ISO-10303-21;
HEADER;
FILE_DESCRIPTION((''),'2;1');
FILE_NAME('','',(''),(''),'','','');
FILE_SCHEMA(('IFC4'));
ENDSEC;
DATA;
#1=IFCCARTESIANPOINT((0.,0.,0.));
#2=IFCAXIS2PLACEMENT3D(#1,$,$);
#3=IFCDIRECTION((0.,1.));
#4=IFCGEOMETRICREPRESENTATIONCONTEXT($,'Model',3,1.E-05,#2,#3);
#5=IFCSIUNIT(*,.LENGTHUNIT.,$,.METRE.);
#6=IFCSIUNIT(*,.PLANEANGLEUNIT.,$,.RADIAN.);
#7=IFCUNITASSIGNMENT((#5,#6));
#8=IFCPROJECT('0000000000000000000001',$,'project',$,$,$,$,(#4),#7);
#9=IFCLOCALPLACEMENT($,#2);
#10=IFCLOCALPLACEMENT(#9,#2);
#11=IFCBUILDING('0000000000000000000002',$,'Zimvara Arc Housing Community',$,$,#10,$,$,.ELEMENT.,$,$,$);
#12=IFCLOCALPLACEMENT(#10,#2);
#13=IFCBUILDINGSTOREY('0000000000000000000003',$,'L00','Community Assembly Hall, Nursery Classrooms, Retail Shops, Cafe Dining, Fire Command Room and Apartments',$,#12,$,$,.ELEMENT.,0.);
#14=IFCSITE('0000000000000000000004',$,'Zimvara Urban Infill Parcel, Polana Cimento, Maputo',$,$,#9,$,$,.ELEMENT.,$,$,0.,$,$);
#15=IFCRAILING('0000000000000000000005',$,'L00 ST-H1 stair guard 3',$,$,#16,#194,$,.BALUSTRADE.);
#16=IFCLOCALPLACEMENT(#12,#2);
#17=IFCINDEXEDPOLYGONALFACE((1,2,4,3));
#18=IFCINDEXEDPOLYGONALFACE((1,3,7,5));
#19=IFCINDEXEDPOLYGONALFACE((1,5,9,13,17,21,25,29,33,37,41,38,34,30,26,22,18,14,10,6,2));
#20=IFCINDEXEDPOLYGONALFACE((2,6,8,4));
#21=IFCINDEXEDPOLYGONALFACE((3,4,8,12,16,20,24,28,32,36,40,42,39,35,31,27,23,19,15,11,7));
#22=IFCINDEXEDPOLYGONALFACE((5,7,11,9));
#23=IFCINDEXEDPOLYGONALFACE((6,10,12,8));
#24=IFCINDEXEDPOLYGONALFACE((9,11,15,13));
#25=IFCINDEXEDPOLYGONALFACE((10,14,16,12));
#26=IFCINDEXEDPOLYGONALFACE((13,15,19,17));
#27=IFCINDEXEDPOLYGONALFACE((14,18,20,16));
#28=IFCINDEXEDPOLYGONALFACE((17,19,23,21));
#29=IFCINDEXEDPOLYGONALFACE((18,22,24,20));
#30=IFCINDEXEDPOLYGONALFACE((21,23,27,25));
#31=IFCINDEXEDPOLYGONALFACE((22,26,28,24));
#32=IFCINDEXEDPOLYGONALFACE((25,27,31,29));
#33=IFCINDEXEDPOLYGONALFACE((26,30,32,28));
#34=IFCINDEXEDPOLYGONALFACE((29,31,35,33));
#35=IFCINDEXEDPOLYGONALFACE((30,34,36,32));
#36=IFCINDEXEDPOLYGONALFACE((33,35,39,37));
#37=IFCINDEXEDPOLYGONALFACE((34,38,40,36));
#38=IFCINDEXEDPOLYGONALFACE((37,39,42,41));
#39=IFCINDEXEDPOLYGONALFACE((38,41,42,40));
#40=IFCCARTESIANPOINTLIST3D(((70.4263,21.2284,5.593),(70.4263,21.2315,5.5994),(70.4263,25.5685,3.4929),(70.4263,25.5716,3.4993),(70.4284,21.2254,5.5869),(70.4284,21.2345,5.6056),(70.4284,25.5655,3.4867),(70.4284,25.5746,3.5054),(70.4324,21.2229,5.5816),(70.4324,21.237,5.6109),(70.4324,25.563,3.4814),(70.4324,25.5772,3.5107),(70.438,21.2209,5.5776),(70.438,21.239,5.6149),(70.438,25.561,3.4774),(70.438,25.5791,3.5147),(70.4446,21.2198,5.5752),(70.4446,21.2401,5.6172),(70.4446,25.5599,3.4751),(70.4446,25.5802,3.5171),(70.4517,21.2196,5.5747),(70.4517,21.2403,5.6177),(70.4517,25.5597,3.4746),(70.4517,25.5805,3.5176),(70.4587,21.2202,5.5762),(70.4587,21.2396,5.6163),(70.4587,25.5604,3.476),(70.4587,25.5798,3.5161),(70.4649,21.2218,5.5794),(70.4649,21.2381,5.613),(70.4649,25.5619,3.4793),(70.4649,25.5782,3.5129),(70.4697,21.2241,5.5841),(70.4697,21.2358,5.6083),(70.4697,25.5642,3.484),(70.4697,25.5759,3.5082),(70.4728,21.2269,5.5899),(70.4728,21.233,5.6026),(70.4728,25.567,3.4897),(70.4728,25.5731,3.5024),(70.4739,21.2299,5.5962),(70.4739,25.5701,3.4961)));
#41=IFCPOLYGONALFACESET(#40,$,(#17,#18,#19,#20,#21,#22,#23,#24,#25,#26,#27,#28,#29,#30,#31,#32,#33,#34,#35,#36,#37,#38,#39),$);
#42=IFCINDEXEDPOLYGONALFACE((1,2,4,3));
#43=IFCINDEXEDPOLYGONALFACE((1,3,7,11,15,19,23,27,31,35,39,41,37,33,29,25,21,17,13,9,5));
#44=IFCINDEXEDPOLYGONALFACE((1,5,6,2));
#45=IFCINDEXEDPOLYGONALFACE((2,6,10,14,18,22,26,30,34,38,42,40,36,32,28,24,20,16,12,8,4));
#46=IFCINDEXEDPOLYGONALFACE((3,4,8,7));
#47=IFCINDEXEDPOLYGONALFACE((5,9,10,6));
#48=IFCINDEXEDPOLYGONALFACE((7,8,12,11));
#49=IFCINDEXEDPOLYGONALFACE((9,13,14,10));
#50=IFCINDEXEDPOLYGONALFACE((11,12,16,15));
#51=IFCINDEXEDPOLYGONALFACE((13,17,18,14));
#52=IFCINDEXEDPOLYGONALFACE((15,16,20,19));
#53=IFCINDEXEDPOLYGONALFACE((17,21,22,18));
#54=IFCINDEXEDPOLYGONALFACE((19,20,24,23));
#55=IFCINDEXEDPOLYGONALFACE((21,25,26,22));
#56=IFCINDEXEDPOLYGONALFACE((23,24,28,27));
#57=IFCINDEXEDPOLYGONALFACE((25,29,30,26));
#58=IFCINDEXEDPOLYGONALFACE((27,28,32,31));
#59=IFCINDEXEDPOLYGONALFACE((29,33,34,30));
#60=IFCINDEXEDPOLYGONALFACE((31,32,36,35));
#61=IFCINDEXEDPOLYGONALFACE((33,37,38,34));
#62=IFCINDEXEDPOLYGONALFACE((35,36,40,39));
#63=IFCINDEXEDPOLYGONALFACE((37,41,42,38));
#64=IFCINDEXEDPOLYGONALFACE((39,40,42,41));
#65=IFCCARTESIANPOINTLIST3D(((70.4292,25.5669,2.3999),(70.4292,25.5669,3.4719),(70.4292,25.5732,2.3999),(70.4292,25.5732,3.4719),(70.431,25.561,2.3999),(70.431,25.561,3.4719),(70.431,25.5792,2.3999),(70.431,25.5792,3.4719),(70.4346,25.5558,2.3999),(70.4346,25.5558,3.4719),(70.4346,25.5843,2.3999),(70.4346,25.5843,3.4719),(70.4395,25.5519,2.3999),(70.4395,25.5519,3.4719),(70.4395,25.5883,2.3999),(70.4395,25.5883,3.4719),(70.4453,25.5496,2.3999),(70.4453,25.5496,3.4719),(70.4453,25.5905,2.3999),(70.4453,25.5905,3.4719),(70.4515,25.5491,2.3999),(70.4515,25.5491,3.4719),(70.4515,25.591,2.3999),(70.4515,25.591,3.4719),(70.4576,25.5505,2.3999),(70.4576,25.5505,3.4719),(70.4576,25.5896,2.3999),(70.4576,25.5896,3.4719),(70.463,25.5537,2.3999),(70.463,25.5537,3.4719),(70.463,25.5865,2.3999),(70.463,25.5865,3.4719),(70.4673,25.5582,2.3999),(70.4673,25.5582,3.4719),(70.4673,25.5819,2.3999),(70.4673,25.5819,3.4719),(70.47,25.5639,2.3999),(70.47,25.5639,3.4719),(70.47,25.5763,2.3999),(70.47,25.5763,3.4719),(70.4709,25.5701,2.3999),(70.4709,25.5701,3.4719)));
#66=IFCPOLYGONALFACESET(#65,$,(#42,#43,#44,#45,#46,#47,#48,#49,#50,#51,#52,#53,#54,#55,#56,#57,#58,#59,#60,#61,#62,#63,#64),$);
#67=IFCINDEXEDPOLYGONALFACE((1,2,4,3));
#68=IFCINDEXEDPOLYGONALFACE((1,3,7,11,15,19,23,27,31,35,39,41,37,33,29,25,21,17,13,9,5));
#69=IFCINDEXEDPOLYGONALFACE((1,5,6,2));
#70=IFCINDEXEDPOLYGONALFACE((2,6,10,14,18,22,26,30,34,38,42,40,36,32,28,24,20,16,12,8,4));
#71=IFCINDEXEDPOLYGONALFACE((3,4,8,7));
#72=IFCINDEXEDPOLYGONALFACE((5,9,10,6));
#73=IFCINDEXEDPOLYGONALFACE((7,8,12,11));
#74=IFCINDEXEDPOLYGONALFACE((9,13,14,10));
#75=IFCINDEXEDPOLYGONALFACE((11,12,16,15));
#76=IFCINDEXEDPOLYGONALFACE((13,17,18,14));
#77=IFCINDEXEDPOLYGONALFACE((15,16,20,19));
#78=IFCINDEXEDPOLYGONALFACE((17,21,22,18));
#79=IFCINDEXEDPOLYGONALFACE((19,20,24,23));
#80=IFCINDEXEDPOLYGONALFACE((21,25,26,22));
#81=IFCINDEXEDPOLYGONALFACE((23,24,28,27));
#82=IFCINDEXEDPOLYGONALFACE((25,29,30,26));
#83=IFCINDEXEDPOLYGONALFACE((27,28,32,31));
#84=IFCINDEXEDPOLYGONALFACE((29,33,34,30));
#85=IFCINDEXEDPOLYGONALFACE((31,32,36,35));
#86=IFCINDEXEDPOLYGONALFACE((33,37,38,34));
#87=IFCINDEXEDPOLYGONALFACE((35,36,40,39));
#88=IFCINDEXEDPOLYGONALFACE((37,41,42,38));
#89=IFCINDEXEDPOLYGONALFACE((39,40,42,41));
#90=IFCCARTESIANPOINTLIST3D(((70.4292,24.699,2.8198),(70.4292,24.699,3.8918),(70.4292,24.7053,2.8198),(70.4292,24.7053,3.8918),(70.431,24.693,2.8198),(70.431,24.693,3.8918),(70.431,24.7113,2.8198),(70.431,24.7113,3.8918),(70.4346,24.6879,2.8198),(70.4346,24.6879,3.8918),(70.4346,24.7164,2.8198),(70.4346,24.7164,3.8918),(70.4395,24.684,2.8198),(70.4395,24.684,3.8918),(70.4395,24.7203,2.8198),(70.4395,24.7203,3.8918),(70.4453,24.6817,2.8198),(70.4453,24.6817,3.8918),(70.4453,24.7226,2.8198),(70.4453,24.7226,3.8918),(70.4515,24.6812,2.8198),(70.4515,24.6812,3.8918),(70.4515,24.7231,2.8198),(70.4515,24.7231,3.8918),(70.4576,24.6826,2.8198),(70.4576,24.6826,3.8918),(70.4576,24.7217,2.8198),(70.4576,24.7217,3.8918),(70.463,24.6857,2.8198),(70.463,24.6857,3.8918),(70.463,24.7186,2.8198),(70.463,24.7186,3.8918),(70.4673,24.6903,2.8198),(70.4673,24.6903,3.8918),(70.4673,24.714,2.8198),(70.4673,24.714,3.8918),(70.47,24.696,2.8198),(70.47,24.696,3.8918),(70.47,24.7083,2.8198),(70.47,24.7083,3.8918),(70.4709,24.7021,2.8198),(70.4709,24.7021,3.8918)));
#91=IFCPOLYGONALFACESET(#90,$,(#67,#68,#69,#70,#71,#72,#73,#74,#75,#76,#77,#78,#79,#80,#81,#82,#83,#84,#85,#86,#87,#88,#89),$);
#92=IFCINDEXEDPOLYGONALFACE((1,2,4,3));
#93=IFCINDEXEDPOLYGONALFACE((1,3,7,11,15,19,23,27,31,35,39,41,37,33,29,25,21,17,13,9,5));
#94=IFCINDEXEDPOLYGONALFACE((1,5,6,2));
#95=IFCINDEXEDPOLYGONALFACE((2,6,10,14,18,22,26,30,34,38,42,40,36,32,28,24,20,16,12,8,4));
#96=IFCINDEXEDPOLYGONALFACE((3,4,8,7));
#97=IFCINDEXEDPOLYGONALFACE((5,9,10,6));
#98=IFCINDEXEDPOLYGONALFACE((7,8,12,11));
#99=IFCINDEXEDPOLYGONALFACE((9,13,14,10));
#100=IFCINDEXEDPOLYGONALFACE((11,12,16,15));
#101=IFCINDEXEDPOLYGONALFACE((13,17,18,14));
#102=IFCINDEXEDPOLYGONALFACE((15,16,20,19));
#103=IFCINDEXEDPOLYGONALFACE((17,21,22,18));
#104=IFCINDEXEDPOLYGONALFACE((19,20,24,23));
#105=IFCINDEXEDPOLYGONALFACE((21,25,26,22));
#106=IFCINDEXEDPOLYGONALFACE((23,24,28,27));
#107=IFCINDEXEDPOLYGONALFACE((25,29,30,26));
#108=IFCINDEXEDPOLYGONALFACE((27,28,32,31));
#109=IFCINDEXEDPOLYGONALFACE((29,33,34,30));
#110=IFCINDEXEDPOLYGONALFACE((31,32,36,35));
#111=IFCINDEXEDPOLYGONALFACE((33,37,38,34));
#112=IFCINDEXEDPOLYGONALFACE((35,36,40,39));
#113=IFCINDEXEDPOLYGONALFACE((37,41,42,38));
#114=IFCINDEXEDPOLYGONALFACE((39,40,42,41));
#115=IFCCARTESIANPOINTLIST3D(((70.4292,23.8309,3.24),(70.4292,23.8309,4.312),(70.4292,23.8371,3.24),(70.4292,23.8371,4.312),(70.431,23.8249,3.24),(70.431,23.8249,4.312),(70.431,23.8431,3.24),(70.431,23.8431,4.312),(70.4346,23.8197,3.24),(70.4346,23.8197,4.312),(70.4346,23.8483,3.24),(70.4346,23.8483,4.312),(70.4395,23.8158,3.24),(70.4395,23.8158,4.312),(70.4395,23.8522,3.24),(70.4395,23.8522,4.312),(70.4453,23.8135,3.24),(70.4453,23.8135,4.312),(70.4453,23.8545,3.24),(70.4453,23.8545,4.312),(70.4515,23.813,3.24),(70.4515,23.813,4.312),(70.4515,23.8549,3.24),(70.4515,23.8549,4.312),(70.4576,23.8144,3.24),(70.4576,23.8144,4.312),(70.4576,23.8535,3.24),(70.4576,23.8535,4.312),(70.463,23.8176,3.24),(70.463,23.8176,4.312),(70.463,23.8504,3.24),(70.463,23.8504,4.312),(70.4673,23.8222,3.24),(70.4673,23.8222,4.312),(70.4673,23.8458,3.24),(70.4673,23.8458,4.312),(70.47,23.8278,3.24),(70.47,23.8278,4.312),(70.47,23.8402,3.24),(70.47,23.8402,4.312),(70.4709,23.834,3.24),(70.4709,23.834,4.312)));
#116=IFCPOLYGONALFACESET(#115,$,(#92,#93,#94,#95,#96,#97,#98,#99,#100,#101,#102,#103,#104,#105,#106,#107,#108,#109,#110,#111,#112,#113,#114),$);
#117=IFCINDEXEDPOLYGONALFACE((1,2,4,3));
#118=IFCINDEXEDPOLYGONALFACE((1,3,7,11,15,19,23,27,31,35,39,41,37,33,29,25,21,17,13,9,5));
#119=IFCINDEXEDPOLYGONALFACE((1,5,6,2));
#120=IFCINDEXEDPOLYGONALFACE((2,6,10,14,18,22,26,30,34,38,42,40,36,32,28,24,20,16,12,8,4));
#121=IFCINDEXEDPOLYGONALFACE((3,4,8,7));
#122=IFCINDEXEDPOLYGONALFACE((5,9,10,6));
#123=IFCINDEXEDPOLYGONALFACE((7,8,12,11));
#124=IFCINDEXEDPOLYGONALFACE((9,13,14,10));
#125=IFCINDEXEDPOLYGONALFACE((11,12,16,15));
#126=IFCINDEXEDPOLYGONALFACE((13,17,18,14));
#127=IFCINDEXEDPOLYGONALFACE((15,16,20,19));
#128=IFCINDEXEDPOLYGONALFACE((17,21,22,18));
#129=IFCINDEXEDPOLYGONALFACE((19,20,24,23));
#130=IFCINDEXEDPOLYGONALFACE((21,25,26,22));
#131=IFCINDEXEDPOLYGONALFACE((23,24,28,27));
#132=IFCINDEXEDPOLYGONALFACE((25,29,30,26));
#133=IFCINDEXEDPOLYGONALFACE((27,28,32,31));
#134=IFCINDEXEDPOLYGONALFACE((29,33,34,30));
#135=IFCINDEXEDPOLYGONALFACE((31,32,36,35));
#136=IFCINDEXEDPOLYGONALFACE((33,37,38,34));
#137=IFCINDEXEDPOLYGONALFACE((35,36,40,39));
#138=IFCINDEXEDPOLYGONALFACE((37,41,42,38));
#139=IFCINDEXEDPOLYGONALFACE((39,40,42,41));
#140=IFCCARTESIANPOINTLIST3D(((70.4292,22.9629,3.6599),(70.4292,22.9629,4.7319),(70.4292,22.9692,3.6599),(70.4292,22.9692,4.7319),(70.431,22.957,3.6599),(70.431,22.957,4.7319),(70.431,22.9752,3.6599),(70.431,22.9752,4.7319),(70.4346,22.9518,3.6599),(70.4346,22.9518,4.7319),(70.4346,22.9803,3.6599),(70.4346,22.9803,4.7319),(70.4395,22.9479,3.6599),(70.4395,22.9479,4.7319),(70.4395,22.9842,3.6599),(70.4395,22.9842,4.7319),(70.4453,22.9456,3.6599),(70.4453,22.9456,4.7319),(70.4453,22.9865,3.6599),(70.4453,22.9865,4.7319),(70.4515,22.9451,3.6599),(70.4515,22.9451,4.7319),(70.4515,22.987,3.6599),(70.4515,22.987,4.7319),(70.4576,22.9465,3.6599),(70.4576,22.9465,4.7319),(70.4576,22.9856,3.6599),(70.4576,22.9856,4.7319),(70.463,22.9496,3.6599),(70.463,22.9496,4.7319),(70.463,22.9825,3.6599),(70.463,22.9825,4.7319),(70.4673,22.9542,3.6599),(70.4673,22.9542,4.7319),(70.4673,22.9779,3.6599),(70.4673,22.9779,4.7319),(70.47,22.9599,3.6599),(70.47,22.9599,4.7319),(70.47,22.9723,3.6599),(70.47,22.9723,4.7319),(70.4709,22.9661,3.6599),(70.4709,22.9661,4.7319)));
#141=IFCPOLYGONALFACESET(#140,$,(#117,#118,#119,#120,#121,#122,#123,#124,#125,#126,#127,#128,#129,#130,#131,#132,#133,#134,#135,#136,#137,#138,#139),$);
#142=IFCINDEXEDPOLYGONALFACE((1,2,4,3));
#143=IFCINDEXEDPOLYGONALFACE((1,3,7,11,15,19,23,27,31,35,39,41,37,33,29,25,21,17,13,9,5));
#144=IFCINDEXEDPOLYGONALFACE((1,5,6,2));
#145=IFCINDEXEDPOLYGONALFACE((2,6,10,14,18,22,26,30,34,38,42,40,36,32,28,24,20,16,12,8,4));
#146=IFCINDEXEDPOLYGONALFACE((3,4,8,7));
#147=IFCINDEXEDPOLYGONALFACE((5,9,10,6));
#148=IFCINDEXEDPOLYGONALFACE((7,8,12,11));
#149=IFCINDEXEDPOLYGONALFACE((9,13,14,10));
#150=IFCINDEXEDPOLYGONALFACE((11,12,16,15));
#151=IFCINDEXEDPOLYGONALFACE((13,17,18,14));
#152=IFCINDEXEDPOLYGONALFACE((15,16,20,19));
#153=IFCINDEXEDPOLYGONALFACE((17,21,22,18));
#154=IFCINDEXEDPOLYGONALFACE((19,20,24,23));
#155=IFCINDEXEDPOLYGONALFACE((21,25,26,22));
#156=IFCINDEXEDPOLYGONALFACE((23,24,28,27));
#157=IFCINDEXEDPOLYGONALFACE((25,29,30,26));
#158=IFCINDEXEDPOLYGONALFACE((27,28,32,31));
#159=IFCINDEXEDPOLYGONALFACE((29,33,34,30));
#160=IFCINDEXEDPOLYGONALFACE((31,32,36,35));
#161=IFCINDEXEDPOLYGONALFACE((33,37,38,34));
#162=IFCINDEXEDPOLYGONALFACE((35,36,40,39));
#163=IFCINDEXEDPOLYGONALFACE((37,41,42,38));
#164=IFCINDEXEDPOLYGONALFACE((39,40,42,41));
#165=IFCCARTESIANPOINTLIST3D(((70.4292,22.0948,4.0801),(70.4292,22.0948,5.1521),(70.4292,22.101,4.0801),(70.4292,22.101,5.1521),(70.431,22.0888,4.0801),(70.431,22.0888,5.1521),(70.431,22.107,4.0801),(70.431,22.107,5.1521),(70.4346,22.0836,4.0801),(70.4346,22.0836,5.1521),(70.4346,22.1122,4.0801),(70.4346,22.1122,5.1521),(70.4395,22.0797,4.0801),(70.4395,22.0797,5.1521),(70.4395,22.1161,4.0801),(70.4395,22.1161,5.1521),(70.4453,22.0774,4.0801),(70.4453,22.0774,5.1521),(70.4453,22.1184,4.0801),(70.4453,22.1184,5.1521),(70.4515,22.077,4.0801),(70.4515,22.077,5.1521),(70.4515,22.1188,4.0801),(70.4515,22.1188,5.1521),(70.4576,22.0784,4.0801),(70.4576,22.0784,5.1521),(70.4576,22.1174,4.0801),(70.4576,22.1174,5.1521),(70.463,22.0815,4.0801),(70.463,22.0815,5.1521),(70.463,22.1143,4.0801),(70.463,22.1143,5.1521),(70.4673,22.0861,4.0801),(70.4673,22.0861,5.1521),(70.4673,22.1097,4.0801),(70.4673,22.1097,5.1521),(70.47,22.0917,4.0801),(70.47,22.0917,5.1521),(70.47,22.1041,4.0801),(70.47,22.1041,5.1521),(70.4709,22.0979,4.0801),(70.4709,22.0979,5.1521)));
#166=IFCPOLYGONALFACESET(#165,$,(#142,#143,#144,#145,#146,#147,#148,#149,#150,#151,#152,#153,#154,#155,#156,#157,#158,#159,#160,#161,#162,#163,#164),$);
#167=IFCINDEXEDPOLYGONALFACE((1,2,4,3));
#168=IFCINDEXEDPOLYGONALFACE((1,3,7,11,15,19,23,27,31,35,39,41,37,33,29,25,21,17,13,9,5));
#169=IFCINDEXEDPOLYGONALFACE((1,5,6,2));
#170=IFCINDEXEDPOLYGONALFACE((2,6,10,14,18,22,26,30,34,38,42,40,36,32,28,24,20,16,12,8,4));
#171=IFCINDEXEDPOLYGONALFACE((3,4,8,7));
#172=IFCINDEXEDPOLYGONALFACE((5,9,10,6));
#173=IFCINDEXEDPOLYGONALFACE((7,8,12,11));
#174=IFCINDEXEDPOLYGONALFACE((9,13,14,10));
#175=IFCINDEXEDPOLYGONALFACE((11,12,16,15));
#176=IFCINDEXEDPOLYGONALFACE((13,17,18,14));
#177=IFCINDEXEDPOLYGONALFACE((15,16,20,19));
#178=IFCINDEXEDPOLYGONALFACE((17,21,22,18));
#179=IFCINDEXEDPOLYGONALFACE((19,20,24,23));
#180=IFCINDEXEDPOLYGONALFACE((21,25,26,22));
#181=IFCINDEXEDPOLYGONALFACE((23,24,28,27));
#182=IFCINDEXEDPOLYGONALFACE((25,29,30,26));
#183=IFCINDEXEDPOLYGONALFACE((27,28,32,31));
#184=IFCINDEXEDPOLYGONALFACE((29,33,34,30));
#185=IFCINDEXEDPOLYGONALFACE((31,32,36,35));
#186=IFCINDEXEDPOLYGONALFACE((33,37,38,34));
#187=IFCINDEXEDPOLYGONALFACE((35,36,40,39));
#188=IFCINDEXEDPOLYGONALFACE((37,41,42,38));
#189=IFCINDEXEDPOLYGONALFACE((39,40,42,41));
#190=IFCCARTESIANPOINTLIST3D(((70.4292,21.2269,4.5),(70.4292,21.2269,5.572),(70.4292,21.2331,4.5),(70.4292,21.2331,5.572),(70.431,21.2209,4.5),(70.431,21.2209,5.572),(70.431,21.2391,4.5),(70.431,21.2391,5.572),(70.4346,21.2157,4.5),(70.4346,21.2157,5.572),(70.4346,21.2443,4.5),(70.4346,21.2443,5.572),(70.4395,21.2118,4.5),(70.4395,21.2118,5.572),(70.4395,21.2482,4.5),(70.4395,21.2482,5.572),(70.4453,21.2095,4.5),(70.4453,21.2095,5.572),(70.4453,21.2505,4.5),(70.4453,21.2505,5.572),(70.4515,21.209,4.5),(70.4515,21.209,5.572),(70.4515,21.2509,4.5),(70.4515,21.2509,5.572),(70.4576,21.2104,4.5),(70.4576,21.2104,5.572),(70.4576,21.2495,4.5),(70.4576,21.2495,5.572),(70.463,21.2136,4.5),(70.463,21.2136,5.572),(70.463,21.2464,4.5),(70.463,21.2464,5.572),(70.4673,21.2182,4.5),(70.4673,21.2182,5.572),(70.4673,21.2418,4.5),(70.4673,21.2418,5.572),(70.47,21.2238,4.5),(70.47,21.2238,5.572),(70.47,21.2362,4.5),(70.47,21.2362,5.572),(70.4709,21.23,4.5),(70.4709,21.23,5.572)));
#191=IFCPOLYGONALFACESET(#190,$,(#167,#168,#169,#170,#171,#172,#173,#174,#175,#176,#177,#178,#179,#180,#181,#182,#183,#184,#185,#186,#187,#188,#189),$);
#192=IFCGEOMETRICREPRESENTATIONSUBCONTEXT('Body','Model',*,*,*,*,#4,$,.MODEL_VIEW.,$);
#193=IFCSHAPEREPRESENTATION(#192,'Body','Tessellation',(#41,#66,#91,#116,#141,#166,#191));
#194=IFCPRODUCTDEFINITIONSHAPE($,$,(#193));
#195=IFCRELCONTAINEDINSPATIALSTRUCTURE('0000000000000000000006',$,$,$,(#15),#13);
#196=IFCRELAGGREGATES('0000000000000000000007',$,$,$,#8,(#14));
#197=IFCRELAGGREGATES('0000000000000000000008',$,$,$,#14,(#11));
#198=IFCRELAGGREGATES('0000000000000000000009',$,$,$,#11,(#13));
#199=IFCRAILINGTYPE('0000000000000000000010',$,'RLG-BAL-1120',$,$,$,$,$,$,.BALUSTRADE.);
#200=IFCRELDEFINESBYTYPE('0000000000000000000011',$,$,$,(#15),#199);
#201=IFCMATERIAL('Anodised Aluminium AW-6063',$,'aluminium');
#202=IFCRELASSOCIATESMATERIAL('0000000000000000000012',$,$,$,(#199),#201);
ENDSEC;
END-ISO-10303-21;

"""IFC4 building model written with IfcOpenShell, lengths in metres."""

from ifc_helpers import new_model, si_unit, direction, frame, origin, origin_2d, place, context, subcontext, project, spatial, circle, extrude, material, type_object, element, save


model = new_model("IFC4")

# Units and contexts
model_context = context("Model", 3, precision=1e-05, world=origin(), true_north=direction((0.0, 1.0)))
body_context = subcontext(model_context, "Body", "Model", "MODEL_VIEW")
ifc_project = project(units=[si_unit("LENGTHUNIT", "METRE"), si_unit("PLANEANGLEUNIT", "RADIAN")], contexts=[model_context])

# Site, building, storey
site_placement = place(None, origin())
site = spatial("IfcSite", under=ifc_project, at=site_placement, Name="Zimvara Urban Infill Parcel, Polana Cimento, Maputo", CompositionType="ELEMENT", RefElevation=0.0)
building_placement = place(site_placement, origin())
building = spatial("IfcBuilding", under=site, at=building_placement, Name="Zimvara Arc Housing Community", CompositionType="ELEMENT")
storey_placement = place(building_placement, origin())
storey = spatial("IfcBuildingStorey", under=building, at=storey_placement, Name="L00", Description="Community Assembly Hall, Nursery Classrooms, Retail Shops, Cafe Dining, Fire Command Room and Apartments", CompositionType="ELEMENT", Elevation=0.0)

# Railing
ifc_material_1 = material(Name="Anodised Aluminium AW-6063", Category="aluminium")
railing_type_1 = type_object("IfcRailingType", Name="RLG-BAL-1120", PredefinedType="BALUSTRADE", material=ifc_material_1)
railing_1_placement = place(storey_placement, frame((70.45, 25.5701, 2.3999)))
element("IfcRailing", 1, at=railing_1_placement, inside=storey, type_object=railing_type_1, Name="L00 ST-H1 stair guard 3", PredefinedType="BALUSTRADE", context=body_context, shape_type="SweptSolid", body=[
    extrude(circle(Radius=0.0239, at=origin_2d()), frame((0.0, 0.0, 1.0962), z_axis=(0.0, -0.900155, 0.43557), x_axis=(1.0, 0.0, 0.0)), (0.0, 0.0, 1.0), 4.8215),
    extrude(circle(Radius=0.021, at=origin_2d()), origin(), (0.0, 0.0, 1.0), 1.072),
    extrude(circle(Radius=0.021, at=origin_2d()), frame((0.0, -0.8679, 0.4199)), (0.0, 0.0, 1.0), 1.072),
    extrude(circle(Radius=0.021, at=origin_2d()), frame((0.0, -1.7361, 0.8401)), (0.0, 0.0, 1.0), 1.072),
    extrude(circle(Radius=0.021, at=origin_2d()), frame((0.0, -2.604, 1.26)), (0.0, 0.0, 1.0), 1.072),
    extrude(circle(Radius=0.021, at=origin_2d()), frame((0.0, -3.4722, 1.6802)), (0.0, 0.0, 1.0), 1.072),
    extrude(circle(Radius=0.021, at=origin_2d()), frame((0.0, -4.3401, 2.1001)), (0.0, 0.0, 1.0), 1.072),
])

save(model, "model.ifc")
